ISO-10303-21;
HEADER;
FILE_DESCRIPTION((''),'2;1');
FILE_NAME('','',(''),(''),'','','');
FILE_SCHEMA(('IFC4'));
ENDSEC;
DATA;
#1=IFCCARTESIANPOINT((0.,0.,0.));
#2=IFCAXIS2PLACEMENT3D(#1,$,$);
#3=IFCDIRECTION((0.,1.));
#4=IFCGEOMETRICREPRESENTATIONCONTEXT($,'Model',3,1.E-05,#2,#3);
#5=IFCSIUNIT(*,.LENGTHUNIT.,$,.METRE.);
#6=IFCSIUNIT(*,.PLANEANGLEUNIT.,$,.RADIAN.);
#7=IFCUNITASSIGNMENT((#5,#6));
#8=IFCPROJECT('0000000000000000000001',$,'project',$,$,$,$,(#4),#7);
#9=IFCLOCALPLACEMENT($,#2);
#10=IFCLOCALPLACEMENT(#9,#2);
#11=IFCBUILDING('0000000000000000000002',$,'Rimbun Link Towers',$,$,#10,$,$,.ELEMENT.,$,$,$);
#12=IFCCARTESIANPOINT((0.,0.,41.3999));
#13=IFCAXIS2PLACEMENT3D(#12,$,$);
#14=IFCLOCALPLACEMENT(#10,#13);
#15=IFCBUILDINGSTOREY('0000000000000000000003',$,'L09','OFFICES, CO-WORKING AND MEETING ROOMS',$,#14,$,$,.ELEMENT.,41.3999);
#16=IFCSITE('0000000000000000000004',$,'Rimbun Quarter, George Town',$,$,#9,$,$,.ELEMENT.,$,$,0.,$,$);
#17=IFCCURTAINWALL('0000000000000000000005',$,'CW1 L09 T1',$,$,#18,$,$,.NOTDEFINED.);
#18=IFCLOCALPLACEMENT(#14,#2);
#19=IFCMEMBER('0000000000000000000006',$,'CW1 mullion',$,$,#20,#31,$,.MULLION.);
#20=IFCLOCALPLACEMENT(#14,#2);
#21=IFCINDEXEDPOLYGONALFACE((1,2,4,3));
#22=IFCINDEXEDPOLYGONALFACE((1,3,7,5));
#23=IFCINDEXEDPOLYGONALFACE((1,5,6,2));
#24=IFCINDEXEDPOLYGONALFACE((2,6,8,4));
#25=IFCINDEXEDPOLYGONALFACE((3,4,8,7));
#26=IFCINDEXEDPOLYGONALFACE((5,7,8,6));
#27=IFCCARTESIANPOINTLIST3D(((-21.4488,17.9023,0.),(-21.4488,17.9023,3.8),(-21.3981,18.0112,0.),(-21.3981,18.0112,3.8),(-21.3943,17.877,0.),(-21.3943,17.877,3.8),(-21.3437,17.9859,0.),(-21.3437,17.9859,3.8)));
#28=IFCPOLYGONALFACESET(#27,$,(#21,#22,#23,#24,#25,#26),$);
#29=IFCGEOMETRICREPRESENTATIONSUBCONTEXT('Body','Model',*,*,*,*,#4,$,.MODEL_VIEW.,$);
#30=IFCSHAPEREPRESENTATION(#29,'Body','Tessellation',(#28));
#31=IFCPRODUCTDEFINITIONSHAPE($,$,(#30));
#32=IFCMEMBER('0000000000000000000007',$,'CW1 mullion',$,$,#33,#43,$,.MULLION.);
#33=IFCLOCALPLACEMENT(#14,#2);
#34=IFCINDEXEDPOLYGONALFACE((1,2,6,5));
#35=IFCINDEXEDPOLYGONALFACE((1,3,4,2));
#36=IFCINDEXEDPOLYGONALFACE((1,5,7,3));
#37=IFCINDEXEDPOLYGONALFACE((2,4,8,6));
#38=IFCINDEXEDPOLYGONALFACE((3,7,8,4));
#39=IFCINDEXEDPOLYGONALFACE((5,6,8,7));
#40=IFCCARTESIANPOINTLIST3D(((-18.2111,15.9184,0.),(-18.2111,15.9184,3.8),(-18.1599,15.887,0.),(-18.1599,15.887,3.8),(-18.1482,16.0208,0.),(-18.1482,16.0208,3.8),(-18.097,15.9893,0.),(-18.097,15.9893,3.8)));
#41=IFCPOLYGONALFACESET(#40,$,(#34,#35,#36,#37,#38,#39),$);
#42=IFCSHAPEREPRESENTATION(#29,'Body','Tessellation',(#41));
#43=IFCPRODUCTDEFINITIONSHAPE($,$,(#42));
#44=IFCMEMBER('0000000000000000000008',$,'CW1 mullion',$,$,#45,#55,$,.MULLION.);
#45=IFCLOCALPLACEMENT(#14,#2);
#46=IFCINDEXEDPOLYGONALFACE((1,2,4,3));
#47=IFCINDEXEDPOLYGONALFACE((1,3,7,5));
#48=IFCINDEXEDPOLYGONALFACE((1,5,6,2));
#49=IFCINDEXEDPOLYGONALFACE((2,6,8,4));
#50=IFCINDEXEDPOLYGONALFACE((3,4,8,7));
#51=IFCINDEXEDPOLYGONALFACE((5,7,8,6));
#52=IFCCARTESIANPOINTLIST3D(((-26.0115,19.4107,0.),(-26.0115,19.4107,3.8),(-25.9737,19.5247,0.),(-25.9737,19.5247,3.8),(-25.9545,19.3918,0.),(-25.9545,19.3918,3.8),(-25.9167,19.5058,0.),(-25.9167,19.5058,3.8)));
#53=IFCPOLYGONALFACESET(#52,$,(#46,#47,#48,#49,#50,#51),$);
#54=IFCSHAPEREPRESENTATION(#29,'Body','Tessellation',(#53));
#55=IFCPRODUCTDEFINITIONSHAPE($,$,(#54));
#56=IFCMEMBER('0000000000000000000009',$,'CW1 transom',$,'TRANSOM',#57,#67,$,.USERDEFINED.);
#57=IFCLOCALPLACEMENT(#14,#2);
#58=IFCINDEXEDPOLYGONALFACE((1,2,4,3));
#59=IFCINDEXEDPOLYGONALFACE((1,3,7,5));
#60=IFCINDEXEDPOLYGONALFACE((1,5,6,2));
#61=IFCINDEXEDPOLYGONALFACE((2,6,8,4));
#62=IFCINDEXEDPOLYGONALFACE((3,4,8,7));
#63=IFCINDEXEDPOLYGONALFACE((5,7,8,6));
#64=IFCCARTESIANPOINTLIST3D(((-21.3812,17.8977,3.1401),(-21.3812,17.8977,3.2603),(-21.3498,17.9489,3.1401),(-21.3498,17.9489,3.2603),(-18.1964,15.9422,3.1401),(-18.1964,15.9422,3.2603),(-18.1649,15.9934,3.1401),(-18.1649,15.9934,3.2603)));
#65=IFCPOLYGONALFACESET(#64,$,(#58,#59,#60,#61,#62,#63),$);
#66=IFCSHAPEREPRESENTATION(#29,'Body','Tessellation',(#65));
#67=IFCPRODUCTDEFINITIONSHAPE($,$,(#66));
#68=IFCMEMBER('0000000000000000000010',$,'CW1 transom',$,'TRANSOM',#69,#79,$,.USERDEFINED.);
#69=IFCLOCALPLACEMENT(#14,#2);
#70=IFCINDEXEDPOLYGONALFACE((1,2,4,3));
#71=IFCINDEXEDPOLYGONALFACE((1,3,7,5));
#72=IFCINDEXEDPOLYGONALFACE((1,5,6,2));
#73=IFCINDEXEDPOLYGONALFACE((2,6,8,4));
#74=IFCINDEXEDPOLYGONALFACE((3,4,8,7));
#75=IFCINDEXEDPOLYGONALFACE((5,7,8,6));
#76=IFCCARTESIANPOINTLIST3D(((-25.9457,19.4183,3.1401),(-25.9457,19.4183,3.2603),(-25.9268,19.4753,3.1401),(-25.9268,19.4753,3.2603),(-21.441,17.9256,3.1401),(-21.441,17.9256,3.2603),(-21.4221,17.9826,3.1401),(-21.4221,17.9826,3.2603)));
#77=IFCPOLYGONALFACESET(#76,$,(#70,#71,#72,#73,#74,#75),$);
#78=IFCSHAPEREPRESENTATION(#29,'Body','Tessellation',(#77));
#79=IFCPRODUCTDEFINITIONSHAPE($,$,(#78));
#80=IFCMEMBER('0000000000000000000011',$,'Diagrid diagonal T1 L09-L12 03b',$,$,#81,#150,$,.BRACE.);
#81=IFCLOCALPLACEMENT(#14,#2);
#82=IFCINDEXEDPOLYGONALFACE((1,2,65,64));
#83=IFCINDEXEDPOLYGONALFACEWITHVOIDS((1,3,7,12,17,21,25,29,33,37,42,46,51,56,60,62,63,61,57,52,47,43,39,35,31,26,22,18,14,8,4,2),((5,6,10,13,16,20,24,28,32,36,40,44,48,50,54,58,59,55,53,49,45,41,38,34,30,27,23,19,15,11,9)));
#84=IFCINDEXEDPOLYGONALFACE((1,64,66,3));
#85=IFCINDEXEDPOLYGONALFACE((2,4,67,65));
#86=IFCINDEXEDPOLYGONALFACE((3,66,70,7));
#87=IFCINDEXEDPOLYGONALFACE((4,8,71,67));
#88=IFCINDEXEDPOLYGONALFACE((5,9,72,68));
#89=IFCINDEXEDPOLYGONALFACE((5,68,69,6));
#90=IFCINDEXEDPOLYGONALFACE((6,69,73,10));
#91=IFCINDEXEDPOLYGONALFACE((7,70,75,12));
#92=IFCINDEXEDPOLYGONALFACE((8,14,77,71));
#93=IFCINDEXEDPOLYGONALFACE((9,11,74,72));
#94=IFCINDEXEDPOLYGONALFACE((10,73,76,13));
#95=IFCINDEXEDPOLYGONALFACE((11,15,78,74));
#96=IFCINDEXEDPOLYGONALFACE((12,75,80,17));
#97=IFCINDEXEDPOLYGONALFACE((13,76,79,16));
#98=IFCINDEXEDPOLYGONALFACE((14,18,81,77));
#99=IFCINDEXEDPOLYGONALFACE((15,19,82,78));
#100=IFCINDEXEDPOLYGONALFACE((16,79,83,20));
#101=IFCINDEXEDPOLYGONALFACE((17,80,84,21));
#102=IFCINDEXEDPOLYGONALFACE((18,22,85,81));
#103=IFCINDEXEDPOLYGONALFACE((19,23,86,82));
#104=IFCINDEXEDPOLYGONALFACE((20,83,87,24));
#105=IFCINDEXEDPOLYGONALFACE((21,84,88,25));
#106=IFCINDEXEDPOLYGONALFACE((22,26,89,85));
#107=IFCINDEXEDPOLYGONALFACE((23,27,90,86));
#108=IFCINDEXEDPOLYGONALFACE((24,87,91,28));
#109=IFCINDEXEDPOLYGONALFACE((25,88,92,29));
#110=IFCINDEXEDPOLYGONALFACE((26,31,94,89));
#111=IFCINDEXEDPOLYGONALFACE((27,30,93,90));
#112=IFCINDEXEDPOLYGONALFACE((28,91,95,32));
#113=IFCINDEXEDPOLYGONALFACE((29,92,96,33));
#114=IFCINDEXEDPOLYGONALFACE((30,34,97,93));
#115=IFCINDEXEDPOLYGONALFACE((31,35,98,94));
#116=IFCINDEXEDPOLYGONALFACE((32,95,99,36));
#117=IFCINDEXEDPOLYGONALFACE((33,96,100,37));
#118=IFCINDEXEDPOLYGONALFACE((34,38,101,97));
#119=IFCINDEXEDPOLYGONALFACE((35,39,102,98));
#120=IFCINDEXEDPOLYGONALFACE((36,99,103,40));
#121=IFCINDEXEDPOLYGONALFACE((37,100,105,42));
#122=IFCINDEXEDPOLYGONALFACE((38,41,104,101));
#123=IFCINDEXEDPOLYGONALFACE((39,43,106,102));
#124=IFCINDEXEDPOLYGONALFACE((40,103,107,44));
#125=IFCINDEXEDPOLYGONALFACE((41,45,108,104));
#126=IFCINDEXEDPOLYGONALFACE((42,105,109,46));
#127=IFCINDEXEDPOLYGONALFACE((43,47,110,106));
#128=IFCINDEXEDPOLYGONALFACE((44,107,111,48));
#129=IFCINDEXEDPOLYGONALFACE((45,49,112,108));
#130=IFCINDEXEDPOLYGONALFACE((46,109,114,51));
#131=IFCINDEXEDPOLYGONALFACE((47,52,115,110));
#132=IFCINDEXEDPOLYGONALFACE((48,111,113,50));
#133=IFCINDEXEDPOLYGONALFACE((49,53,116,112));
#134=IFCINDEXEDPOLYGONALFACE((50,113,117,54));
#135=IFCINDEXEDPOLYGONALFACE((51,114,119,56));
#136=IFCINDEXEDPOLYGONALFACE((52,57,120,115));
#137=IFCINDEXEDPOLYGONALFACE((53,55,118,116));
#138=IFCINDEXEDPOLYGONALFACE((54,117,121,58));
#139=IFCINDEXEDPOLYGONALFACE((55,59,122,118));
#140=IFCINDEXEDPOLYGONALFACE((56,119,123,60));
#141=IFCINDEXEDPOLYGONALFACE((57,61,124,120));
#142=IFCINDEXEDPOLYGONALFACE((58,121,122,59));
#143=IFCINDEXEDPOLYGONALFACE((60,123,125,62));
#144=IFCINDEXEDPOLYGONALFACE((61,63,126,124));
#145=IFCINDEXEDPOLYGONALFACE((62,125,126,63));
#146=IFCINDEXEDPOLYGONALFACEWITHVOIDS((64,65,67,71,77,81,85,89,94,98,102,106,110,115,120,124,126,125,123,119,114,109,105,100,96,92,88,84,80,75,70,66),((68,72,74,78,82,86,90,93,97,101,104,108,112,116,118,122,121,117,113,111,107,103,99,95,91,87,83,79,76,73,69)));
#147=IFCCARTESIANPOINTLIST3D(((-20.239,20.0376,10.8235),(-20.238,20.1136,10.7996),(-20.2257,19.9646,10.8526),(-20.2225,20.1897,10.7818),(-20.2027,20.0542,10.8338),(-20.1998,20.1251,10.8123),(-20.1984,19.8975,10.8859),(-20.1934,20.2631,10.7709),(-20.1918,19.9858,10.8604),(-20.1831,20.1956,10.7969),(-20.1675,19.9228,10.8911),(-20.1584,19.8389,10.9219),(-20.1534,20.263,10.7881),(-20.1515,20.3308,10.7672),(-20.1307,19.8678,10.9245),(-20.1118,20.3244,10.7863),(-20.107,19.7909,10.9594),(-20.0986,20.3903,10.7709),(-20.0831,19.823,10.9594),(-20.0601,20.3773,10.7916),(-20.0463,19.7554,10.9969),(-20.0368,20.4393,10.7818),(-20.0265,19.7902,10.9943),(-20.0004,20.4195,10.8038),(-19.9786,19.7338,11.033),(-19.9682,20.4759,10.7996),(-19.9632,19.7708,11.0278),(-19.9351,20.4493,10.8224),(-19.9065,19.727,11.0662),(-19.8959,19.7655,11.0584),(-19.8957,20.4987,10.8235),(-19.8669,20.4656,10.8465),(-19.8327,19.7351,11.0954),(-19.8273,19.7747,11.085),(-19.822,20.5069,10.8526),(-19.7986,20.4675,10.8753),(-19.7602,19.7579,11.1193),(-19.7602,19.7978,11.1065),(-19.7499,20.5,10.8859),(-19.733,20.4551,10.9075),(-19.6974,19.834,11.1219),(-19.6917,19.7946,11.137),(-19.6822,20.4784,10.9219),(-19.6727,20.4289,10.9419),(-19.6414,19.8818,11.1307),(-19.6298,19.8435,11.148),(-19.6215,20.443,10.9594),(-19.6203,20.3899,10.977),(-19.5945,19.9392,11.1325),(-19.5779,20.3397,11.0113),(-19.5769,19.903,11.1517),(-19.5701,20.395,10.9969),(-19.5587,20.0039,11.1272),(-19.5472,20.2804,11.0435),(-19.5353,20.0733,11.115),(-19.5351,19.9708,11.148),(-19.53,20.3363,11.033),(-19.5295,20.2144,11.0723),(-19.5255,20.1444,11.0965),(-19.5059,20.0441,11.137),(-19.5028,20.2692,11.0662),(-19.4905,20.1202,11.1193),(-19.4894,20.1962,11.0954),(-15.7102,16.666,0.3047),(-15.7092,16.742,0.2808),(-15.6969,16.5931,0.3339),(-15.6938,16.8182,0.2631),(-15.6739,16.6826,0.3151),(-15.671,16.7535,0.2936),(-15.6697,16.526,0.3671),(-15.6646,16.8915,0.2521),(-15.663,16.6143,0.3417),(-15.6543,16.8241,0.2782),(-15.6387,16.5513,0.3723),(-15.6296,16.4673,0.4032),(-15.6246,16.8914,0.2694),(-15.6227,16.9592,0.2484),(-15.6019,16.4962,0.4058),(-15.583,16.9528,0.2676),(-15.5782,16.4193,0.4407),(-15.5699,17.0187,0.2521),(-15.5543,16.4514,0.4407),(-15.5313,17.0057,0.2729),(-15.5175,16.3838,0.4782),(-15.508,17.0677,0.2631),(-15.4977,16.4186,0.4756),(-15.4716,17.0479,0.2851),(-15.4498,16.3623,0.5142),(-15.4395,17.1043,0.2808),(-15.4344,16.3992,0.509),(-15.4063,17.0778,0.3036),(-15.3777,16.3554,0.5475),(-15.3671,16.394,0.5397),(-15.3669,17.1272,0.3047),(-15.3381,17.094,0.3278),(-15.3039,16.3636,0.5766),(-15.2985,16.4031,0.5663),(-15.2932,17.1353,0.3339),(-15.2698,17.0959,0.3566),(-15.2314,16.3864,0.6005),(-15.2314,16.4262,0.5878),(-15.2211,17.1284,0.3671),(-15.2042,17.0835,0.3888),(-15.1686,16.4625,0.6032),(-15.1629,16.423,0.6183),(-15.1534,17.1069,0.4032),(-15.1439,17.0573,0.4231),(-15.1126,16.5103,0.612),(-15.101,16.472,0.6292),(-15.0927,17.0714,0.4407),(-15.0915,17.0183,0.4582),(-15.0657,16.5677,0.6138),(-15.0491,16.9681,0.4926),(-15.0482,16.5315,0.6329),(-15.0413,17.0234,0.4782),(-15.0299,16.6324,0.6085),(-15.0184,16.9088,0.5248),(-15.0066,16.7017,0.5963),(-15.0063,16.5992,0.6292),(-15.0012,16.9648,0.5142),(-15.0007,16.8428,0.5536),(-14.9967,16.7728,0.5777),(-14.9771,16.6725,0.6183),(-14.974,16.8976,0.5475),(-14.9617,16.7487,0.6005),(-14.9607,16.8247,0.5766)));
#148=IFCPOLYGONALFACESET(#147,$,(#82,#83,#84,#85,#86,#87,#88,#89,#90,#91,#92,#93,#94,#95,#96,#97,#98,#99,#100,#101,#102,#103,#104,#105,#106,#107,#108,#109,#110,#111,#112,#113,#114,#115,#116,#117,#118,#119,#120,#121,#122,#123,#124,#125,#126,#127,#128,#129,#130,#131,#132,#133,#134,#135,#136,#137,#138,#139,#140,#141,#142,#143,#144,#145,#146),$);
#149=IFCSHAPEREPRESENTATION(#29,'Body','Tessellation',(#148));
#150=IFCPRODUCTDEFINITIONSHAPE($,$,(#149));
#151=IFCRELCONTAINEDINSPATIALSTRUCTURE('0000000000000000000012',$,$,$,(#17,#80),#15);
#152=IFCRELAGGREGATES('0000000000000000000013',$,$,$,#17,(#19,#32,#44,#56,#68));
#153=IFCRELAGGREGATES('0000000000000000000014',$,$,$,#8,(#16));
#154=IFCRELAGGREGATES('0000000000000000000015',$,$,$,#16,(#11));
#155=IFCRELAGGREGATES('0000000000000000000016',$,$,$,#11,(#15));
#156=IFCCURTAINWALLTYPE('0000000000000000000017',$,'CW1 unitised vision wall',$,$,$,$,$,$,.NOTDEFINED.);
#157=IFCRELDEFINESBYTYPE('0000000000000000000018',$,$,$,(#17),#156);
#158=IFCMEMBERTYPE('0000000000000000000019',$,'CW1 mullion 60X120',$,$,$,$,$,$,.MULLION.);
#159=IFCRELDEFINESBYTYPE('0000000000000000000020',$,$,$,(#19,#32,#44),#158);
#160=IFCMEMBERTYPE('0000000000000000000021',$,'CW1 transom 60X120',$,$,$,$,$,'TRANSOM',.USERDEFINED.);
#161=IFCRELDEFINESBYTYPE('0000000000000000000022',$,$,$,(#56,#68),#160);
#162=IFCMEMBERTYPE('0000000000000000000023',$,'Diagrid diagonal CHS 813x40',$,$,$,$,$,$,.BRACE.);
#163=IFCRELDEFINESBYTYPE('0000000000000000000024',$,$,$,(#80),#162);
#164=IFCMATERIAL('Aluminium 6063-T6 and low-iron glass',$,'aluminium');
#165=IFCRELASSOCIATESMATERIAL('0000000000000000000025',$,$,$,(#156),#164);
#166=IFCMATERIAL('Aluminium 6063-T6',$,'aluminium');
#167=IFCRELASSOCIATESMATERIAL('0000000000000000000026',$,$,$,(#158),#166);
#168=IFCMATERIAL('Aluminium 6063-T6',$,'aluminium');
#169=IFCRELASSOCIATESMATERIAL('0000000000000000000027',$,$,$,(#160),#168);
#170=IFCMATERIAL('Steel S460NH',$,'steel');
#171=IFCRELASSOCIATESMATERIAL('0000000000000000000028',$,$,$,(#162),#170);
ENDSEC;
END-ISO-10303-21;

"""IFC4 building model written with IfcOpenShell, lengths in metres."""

from ifc_helpers import new_model, si_unit, direction, frame, origin, origin_2d, place, context, subcontext, project, spatial, rectangle, hollow_circle, extrude, material, material_profile, profile_set, type_object, element, aggregate, save


model = new_model("IFC4")

# Units and contexts
model_context = context("Model", 3, precision=1e-05, world=origin(), true_north=direction((0.0, 1.0)))
body_context = subcontext(model_context, "Body", "Model", "MODEL_VIEW")
ifc_project = project(units=[si_unit("LENGTHUNIT", "METRE"), si_unit("PLANEANGLEUNIT", "RADIAN")], contexts=[model_context])

# Site, building, storey
site_placement = place(None, origin())
site = spatial("IfcSite", under=ifc_project, at=site_placement, Name="Rimbun Quarter, George Town", CompositionType="ELEMENT", RefElevation=0.0)
building_placement = place(site_placement, origin())
building = spatial("IfcBuilding", under=site, at=building_placement, Name="Rimbun Link Towers", CompositionType="ELEMENT")
storey_placement = place(building_placement, frame((0.0, 0.0, 41.3999)))
storey = spatial("IfcBuildingStorey", under=building, at=storey_placement, Name="L09", Description="OFFICES, CO-WORKING AND MEETING ROOMS", CompositionType="ELEMENT", Elevation=41.3999)

# Curtain wall, members
ifc_material_1 = material(Name="Aluminium 6063-T6 and low-iron glass", Category="aluminium")
curtain_wall_type = type_object("IfcCurtainWallType", Name="CW1 unitised vision wall", PredefinedType="NOTDEFINED", material=ifc_material_1)
curtain_wall_placement = place(storey_placement, origin())
curtain_wall = element("IfcCurtainWall", 1, at=curtain_wall_placement, inside=storey, type_object=curtain_wall_type, Name="CW1 L09 T1", PredefinedType="NOTDEFINED")
ifc_material_2 = material(Name="Aluminium 6063-T6", Category="aluminium")
ifc_material_profile_1 = material_profile(ifc_material_2, rectangle(XDim=0.1201, YDim=0.0601, at=origin_2d()), Name="MULLION 60X120")
ifc_profile_set_1 = profile_set([ifc_material_profile_1], Name="Aluminium 6063-T6")
member_type_1 = type_object("IfcMemberType", Name="CW1 mullion 60X120", PredefinedType="MULLION", material=ifc_profile_set_1)
member_1_placement = place(storey_placement, frame((-21.3962, 17.9441, 0.0), z_axis=(0.0, 0.0, 1.0), x_axis=(0.421701, 0.906735, 0.0)))
member_1 = element("IfcMember", 2, at=member_1_placement, type_object=member_type_1, Name="CW1 mullion", PredefinedType="MULLION", context=body_context, shape_type="SweptSolid", body=[
    extrude(rectangle(XDim=0.1201, YDim=0.0601, at=origin_2d()), origin(), (0.0, 0.0, 1.0), 3.8),
])
member_2_placement = place(storey_placement, frame((-18.1541, 15.9539, 0.0), z_axis=(0.0, 0.0, 1.0), x_axis=(0.523241, 0.852185, 0.0)))
member_2 = element("IfcMember", 3, at=member_2_placement, type_object=member_type_1, Name="CW1 mullion", PredefinedType="MULLION", context=body_context, shape_type="SweptSolid", body=[
    extrude(rectangle(XDim=0.1201, YDim=0.0601, at=origin_2d()), origin(), (0.0, 0.0, 1.0), 3.8),
])
member_3_placement = place(storey_placement, frame((-25.9641, 19.4583, 0.0), z_axis=(0.0, 0.0, 1.0), x_axis=(0.314558, 0.949238, 0.0)))
member_3 = element("IfcMember", 4, at=member_3_placement, type_object=member_type_1, Name="CW1 mullion", PredefinedType="MULLION", context=body_context, shape_type="SweptSolid", body=[
    extrude(rectangle(XDim=0.1201, YDim=0.0601, at=origin_2d()), origin(), (0.0, 0.0, 1.0), 3.8),
])
ifc_material_3 = material(Name="Aluminium 6063-T6", Category="aluminium")
ifc_material_profile_2 = material_profile(ifc_material_3, rectangle(XDim=0.0601, YDim=0.1201, at=origin_2d()), Name="TRANSOM 60X120")
ifc_profile_set_2 = profile_set([ifc_material_profile_2], Name="Aluminium 6063-T6")
member_type_2 = type_object("IfcMemberType", Name="CW1 transom 60X120", ElementType="TRANSOM", PredefinedType="USERDEFINED", material=ifc_profile_set_2)
member_4_placement = place(storey_placement, frame((-21.3655, 17.9233, 3.2002), z_axis=(0.852174, -0.523259, 0.0), x_axis=(0.523259, 0.852174, 0.0)))
member_4 = element("IfcMember", 5, at=member_4_placement, type_object=member_type_2, Name="CW1 transom", ObjectType="TRANSOM", PredefinedType="USERDEFINED", context=body_context, shape_type="SweptSolid", body=[
    extrude(rectangle(XDim=0.0601, YDim=0.1201, at=origin_2d()), origin(), (0.0, 0.0, 1.0), 3.7373),
])
member_5_placement = place(storey_placement, frame((-25.9363, 19.4468, 3.2002), z_axis=(0.949243, -0.314545, 0.0), x_axis=(0.314545, 0.949243, 0.0)))
member_5 = element("IfcMember", 6, at=member_5_placement, type_object=member_type_2, Name="CW1 transom", ObjectType="TRANSOM", PredefinedType="USERDEFINED", context=body_context, shape_type="SweptSolid", body=[
    extrude(rectangle(XDim=0.0601, YDim=0.1201, at=origin_2d()), origin(), (0.0, 0.0, 1.0), 4.7456),
])

# Member
ifc_material_4 = material(Name="Steel S460NH", Category="steel")
ifc_material_profile_3 = material_profile(ifc_material_4, hollow_circle(Radius=0.4065, WallThickness=0.04, at=origin_2d()), Name="Diagrid diagonal CHS 813x40")
ifc_profile_set_3 = profile_set([ifc_material_profile_3], Name="Steel S460NH")
member_type_3 = type_object("IfcMemberType", Name="Diagrid diagonal CHS 813x40", PredefinedType="BRACE", material=ifc_profile_set_3)
member_6_placement = place(storey_placement, frame((-15.3354, 16.7454, 0.4407), z_axis=(-0.379351, 0.282417, 0.881098), x_axis=(-0.59716, -0.802122, 0.0)))
element("IfcMember", 7, at=member_6_placement, inside=storey, type_object=member_type_3, Name="Diagrid diagonal T1 L09-L12 03b", PredefinedType="BRACE", context=body_context, shape_type="SweptSolid", body=[
    extrude(hollow_circle(Radius=0.4065, WallThickness=0.04, at=origin_2d()), origin(), (0.0, 0.0, 1.0), 11.9382),
])

aggregate(curtain_wall, [member_1, member_2, member_3, member_4, member_5])

save(model, "model.ifc")
